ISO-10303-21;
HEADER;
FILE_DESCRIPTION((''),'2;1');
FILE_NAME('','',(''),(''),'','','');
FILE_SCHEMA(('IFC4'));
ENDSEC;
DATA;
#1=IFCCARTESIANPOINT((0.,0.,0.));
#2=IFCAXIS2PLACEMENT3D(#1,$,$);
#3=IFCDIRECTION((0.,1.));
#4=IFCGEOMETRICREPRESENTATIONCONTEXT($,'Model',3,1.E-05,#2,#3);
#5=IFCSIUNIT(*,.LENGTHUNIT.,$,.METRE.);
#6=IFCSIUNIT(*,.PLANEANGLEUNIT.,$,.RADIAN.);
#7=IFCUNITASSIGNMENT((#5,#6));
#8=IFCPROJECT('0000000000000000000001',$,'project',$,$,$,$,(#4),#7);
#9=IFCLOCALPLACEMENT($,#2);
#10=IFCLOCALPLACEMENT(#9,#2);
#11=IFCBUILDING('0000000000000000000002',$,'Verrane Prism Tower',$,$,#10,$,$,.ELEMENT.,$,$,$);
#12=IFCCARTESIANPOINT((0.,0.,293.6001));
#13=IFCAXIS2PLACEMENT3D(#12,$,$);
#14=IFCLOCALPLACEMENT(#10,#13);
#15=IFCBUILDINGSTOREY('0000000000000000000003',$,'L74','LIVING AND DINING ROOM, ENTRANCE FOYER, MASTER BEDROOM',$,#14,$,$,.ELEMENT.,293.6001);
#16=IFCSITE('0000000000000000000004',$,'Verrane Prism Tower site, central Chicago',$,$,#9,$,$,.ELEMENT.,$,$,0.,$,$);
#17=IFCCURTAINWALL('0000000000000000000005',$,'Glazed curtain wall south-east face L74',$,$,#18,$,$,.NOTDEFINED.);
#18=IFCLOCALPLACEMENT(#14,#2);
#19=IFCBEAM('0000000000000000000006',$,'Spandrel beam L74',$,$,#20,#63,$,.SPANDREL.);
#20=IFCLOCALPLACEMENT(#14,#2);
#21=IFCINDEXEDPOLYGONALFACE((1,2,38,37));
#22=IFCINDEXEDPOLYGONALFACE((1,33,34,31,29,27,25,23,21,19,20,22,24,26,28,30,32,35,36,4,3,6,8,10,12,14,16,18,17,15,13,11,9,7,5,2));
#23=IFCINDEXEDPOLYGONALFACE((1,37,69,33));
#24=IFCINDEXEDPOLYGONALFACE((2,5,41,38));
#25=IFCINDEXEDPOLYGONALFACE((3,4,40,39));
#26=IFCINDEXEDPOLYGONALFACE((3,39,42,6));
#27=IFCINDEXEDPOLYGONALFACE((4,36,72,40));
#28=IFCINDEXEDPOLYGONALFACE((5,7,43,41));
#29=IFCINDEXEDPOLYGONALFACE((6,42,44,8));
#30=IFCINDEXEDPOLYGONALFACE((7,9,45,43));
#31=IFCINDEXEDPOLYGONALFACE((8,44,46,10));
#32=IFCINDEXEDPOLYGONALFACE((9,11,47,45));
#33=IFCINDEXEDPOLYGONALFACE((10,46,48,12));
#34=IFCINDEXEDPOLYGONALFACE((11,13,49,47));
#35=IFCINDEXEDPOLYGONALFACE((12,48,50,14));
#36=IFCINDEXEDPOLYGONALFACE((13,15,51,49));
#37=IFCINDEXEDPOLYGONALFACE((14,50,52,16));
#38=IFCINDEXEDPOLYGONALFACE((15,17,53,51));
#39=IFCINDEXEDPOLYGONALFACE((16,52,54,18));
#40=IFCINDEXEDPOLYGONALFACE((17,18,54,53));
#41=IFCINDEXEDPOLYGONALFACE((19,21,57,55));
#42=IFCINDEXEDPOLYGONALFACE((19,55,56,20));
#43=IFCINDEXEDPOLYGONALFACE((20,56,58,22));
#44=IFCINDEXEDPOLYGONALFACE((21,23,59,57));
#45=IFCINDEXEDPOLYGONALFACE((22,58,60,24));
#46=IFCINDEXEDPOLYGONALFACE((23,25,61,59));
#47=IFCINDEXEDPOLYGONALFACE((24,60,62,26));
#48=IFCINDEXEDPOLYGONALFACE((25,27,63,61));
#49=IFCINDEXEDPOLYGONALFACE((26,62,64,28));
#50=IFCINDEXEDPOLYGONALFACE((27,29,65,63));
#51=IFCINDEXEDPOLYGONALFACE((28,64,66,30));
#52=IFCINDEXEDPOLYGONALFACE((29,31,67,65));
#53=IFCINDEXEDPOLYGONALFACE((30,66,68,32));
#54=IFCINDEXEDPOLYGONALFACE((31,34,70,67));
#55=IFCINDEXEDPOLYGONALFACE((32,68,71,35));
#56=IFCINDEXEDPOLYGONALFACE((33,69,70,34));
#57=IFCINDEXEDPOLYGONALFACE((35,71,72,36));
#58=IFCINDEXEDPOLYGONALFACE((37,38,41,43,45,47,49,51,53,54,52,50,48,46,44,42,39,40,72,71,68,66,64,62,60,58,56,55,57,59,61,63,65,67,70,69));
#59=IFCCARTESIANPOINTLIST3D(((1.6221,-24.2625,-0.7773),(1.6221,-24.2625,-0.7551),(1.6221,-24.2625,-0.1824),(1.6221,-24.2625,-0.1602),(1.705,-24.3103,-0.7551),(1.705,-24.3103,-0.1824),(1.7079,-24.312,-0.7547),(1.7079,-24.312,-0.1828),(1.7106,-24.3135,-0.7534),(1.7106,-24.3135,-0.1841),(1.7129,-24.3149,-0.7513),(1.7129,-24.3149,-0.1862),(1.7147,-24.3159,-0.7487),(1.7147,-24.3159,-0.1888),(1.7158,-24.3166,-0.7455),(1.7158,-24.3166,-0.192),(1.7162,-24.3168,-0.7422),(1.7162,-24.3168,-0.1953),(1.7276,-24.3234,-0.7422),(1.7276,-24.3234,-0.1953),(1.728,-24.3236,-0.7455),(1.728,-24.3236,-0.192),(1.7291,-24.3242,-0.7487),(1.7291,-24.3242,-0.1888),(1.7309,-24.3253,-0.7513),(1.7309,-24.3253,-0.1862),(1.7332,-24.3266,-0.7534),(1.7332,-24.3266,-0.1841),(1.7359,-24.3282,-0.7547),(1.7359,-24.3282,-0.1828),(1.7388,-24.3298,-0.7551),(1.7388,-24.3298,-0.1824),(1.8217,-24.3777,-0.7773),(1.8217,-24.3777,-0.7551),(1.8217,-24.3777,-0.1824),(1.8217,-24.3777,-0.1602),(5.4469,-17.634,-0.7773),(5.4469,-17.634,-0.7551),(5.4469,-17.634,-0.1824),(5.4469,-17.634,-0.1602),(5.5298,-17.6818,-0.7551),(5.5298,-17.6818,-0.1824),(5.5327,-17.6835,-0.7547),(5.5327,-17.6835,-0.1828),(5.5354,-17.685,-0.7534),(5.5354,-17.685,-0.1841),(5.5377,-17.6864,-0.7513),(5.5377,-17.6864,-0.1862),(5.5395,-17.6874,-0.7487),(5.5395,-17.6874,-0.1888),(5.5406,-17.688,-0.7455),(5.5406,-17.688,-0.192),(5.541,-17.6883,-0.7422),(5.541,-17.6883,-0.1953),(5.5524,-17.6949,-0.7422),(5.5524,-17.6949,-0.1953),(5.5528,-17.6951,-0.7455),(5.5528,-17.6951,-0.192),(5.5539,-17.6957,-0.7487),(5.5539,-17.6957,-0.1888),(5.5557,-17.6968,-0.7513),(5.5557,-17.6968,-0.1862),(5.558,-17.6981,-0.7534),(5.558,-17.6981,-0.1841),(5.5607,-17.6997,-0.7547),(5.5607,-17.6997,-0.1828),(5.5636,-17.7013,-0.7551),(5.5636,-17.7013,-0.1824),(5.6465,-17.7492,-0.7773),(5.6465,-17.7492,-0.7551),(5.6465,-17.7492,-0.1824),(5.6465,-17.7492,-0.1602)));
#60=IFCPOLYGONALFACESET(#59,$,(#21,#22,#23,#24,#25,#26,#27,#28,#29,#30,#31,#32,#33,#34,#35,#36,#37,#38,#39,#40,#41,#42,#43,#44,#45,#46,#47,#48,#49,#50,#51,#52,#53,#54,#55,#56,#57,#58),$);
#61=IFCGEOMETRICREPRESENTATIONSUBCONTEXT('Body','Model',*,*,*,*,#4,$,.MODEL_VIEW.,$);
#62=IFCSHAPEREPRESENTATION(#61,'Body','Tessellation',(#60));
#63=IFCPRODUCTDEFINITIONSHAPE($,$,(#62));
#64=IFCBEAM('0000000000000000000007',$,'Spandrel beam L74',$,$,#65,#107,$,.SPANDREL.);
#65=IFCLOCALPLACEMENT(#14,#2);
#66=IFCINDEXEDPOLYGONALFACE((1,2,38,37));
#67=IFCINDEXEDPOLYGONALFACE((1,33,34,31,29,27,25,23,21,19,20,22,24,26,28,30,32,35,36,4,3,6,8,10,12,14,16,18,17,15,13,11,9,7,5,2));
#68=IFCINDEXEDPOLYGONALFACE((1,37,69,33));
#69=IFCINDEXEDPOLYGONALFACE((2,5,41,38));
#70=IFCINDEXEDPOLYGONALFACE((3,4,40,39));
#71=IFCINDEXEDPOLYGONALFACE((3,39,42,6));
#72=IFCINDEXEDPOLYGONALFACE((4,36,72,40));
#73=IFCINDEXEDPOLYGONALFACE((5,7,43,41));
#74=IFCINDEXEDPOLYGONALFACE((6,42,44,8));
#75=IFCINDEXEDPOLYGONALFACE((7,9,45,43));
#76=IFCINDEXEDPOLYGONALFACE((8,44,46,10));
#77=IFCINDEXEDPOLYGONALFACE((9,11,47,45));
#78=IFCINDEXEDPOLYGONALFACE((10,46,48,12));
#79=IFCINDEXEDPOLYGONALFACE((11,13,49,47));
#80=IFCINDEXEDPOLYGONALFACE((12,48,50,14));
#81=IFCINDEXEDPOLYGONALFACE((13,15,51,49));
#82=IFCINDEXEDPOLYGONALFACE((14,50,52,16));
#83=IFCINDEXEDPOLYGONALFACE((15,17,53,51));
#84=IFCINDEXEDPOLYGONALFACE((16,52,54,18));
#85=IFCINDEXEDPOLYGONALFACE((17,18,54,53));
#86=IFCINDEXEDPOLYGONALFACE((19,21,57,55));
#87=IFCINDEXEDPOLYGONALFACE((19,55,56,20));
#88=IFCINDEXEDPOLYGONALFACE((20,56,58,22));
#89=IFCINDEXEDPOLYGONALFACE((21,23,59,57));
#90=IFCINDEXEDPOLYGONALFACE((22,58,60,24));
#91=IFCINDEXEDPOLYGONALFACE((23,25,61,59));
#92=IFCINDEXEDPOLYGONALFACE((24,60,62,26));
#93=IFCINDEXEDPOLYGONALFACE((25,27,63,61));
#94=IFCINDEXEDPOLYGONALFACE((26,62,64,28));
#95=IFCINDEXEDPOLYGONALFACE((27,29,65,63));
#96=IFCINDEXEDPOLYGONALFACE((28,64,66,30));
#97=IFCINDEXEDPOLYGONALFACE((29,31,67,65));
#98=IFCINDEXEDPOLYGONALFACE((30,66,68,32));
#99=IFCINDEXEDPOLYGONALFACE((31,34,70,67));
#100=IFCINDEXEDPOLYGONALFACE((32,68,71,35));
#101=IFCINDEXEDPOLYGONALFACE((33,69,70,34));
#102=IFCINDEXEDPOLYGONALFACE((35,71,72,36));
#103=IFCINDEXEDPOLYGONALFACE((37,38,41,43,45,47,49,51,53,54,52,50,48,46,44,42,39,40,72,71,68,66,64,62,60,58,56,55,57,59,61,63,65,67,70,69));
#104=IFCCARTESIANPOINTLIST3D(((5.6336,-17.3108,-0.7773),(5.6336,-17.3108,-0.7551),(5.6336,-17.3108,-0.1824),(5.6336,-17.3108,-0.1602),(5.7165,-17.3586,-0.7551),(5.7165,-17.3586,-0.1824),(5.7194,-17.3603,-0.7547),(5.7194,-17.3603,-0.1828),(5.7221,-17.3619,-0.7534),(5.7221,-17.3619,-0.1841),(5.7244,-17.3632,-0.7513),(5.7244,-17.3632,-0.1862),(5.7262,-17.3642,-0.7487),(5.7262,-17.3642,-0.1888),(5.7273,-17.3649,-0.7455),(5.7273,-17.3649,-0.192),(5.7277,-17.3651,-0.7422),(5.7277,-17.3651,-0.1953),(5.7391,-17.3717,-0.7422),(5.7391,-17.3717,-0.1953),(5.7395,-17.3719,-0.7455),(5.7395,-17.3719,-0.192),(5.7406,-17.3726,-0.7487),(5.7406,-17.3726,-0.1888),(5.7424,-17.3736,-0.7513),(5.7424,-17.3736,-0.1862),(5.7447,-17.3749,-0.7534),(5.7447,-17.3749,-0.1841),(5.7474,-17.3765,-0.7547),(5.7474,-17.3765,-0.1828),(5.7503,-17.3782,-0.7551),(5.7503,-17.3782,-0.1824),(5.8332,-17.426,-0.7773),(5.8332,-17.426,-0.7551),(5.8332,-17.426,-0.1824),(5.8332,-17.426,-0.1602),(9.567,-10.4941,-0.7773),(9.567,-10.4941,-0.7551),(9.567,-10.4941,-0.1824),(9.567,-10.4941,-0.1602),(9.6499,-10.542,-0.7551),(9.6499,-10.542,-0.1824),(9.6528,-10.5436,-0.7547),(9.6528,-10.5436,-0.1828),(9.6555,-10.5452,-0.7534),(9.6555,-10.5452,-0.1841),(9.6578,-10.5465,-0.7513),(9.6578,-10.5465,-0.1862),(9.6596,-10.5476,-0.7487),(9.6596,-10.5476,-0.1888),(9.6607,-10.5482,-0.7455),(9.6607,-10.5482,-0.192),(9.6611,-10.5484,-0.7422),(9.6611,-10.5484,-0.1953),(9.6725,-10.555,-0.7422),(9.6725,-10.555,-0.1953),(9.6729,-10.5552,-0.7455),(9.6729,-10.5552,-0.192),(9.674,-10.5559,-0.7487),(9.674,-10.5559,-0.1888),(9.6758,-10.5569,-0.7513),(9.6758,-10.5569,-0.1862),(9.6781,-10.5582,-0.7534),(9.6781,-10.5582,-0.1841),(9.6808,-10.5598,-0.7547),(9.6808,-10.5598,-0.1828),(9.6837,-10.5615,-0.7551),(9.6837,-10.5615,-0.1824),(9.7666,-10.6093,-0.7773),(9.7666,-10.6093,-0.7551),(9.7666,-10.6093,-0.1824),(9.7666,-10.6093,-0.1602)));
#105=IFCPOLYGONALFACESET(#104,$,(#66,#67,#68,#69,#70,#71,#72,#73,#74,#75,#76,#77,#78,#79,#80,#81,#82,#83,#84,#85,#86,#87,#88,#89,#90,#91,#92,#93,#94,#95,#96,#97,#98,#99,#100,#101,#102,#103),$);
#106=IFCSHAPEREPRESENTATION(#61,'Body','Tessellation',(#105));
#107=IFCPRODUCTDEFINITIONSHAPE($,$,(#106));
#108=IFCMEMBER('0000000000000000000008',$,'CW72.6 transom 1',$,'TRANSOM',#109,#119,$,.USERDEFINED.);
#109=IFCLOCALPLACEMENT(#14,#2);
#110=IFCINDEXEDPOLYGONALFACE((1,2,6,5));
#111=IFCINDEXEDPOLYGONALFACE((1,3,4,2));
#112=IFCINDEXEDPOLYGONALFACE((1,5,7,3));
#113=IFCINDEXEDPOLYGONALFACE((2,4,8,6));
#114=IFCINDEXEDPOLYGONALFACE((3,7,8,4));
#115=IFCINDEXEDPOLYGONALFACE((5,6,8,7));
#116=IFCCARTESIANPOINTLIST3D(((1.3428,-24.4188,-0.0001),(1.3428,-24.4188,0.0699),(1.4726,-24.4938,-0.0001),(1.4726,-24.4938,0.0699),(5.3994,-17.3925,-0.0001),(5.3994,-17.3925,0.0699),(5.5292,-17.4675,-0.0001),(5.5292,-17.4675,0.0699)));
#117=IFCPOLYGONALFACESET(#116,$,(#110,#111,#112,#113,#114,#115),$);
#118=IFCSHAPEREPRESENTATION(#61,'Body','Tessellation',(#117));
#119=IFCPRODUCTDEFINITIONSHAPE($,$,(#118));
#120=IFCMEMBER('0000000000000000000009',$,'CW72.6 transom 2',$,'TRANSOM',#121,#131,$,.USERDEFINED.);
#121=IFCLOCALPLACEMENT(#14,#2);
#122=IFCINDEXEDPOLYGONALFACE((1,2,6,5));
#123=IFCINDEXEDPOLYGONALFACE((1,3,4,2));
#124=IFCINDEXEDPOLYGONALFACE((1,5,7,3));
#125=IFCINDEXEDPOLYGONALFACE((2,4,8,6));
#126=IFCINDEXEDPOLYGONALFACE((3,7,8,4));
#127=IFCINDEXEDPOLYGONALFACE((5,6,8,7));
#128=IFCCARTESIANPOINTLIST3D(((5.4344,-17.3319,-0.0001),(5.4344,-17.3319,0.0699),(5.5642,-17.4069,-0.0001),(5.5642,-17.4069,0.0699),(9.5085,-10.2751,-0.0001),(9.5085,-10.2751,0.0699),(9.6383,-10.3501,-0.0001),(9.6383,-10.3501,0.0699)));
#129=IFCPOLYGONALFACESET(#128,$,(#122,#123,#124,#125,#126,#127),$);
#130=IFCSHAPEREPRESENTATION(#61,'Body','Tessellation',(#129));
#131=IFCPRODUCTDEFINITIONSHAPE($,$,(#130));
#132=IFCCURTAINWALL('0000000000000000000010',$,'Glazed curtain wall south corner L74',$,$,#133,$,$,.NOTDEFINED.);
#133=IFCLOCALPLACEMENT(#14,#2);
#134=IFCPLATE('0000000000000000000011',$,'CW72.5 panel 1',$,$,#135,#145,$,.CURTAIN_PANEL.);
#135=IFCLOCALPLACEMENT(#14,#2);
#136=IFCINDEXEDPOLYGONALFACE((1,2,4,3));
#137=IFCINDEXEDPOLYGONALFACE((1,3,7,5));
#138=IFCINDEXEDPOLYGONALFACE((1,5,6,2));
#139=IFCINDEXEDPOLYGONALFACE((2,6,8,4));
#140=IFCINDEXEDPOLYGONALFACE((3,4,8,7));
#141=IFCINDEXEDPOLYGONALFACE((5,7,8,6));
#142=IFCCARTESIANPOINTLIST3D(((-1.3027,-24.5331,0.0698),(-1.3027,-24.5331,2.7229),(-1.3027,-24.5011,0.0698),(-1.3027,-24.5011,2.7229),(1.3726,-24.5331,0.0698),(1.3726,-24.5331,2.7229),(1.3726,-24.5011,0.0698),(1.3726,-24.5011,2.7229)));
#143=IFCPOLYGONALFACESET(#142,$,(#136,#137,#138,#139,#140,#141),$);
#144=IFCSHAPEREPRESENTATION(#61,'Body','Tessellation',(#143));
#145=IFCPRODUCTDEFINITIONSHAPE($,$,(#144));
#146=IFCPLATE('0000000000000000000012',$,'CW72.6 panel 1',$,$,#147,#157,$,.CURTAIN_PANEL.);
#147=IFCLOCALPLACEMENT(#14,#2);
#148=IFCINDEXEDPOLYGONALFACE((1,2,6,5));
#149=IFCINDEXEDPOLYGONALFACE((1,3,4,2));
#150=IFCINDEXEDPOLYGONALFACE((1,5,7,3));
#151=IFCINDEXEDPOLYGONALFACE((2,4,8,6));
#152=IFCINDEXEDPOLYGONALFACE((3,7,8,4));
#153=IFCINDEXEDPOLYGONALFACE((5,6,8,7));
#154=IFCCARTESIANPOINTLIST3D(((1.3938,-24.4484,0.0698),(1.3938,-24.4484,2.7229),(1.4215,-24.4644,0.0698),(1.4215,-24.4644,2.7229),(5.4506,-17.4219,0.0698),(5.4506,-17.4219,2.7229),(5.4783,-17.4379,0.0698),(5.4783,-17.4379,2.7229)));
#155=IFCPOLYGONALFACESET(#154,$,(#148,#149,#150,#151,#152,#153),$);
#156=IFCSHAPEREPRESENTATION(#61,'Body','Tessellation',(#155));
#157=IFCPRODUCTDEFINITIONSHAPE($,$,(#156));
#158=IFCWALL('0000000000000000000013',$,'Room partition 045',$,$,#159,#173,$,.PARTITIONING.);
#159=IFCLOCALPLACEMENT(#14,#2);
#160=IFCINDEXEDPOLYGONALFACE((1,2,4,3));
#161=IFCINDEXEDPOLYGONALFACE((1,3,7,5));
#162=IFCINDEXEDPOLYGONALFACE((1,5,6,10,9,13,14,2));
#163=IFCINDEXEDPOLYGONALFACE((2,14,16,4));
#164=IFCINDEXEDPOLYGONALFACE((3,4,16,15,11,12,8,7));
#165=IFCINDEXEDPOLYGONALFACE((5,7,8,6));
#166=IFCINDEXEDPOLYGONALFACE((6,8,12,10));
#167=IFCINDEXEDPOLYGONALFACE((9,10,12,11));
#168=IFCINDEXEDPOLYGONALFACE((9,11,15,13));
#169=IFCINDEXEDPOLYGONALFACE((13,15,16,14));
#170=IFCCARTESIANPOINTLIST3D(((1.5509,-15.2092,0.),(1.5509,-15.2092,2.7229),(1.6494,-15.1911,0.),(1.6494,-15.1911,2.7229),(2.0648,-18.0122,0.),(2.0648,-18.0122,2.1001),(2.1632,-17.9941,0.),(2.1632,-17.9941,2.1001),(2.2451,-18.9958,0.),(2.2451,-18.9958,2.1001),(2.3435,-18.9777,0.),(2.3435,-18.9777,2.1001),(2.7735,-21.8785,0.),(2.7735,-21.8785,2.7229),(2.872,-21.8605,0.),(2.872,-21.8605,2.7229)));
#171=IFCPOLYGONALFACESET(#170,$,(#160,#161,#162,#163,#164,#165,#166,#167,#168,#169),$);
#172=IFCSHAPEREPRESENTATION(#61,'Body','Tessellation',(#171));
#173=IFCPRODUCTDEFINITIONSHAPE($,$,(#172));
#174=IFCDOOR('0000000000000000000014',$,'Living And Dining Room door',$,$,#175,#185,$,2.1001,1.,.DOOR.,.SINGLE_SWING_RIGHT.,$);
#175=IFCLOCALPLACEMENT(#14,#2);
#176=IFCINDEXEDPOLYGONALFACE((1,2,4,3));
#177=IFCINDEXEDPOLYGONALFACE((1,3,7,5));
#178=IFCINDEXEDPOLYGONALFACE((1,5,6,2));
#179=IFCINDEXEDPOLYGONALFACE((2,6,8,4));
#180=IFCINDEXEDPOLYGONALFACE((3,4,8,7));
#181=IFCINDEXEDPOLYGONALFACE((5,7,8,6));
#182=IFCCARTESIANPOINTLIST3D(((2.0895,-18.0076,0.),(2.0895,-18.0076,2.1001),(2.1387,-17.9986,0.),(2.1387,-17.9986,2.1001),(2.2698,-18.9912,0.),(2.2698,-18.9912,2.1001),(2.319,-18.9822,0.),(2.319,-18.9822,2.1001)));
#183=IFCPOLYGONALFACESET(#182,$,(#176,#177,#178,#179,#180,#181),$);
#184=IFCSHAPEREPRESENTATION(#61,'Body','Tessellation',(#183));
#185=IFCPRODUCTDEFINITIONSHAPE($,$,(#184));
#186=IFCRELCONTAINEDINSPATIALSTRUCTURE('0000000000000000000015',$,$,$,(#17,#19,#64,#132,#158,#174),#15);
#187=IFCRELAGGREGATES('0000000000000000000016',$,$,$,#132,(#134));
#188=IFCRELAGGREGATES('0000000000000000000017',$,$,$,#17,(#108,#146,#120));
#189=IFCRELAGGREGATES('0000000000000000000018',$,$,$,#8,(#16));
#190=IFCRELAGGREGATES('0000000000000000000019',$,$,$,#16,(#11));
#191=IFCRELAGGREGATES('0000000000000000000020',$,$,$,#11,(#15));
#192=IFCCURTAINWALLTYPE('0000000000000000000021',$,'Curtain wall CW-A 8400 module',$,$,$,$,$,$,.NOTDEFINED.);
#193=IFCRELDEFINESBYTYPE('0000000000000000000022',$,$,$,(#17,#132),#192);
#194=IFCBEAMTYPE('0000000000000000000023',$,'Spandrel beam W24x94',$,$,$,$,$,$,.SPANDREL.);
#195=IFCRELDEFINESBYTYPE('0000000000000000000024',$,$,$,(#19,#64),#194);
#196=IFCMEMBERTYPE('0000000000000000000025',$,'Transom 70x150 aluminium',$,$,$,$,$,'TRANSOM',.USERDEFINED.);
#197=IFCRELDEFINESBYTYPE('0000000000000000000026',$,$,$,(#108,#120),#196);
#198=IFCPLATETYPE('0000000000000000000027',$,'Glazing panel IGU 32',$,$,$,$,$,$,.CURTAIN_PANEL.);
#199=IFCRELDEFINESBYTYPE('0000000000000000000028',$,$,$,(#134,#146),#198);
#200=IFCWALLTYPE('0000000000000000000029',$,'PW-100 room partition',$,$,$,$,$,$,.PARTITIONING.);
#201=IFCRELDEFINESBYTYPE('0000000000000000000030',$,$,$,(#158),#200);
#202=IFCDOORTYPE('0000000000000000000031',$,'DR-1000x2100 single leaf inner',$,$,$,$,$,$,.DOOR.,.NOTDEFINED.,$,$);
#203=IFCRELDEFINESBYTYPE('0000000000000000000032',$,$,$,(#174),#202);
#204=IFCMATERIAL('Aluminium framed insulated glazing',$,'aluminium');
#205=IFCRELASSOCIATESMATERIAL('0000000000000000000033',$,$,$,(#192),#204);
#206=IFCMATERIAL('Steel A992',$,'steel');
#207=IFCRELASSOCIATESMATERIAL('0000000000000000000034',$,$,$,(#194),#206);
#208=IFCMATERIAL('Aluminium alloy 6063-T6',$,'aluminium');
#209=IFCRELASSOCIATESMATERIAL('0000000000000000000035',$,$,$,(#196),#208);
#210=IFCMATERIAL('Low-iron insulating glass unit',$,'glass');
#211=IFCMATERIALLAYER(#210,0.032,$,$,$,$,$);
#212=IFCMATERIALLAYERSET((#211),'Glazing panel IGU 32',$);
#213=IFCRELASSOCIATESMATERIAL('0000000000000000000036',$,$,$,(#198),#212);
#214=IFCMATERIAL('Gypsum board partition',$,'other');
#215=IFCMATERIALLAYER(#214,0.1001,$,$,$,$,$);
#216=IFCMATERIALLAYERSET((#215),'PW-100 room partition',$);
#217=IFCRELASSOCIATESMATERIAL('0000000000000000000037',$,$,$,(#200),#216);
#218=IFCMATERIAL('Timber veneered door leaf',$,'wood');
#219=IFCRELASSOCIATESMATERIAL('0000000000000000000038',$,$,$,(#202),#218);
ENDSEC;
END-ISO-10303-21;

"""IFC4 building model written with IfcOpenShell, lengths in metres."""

from ifc_helpers import new_model, si_unit, direction, frame, frame_2d, origin, origin_2d, place, context, subcontext, project, spatial, rectangle, i_section, extrude, material, layer, layer_set, material_profile, profile_set, type_object, element, fill, aggregate, save


model = new_model("IFC4")

# Units and contexts
model_context = context("Model", 3, precision=1e-05, world=origin(), true_north=direction((0.0, 1.0)))
body_context = subcontext(model_context, "Body", "Model", "MODEL_VIEW")
ifc_project = project(units=[si_unit("LENGTHUNIT", "METRE"), si_unit("PLANEANGLEUNIT", "RADIAN")], contexts=[model_context])

# Site, building, storey
site_placement = place(None, origin())
site = spatial("IfcSite", under=ifc_project, at=site_placement, Name="Verrane Prism Tower site, central Chicago", CompositionType="ELEMENT", RefElevation=0.0)
building_placement = place(site_placement, origin())
building = spatial("IfcBuilding", under=site, at=building_placement, Name="Verrane Prism Tower", CompositionType="ELEMENT")
storey_placement = place(building_placement, frame((0.0, 0.0, 293.6001)))
storey = spatial("IfcBuildingStorey", under=building, at=storey_placement, Name="L74", Description="LIVING AND DINING ROOM, ENTRANCE FOYER, MASTER BEDROOM", CompositionType="ELEMENT", Elevation=293.6001)

# Curtain wall
ifc_material_1 = material(Name="Aluminium framed insulated glazing", Category="aluminium")
curtain_wall_type = type_object("IfcCurtainWallType", Name="Curtain wall CW-A 8400 module", PredefinedType="NOTDEFINED", material=ifc_material_1)
curtain_wall_1_placement = place(storey_placement, origin())
curtain_wall_1 = element("IfcCurtainWall", 1, at=curtain_wall_1_placement, inside=storey, type_object=curtain_wall_type, Name="Glazed curtain wall south-east face L74", PredefinedType="NOTDEFINED")

# Beams
ifc_material_2 = material(Name="Steel A992", Category="steel")
ifc_material_profile_1 = material_profile(ifc_material_2, i_section(OverallWidth=0.2305, OverallDepth=0.6172, WebThickness=0.0132, FlangeThickness=0.0222, FilletRadius=0.0129, at=origin_2d()), Name="W24x94")
ifc_profile_set_1 = profile_set([ifc_material_profile_1], Name="Steel A992")
beam_type_1 = type_object("IfcBeamType", Name="Spandrel beam W24x94", PredefinedType="SPANDREL", material=ifc_profile_set_1)
beam_1_placement = place(storey_placement, frame((1.7219, -24.3201, -0.4688), z_axis=(0.499783, 0.866151, 0.0), x_axis=(-0.866151, 0.499783, 0.0)))
element("IfcBeam", 2, at=beam_1_placement, inside=storey, type_object=beam_type_1, Name="Spandrel beam L74", PredefinedType="SPANDREL", context=body_context, shape_type="SweptSolid", body=[
    extrude(i_section(OverallWidth=0.2305, OverallDepth=0.6172, WebThickness=0.0132, FlangeThickness=0.0222, FilletRadius=0.0129, at=origin_2d()), origin(), (0.0, 0.0, 1.0), 7.6528),
])
beam_2_placement = place(storey_placement, frame((5.7334, -17.3684, -0.4688), z_axis=(0.499786, 0.866149, 0.0), x_axis=(-0.866149, 0.499786, 0.0)))
element("IfcBeam", 3, at=beam_2_placement, inside=storey, type_object=beam_type_1, Name="Spandrel beam L74", PredefinedType="SPANDREL", context=body_context, shape_type="SweptSolid", body=[
    extrude(i_section(OverallWidth=0.2305, OverallDepth=0.6172, WebThickness=0.0132, FlangeThickness=0.0222, FilletRadius=0.0129, at=origin_2d()), origin(), (0.0, 0.0, 1.0), 7.8701),
])

# Members
ifc_material_3 = material(Name="Aluminium alloy 6063-T6", Category="aluminium")
ifc_material_profile_2 = material_profile(ifc_material_3, rectangle(XDim=0.1499, YDim=0.0701, at=origin_2d()), Name="Transom 70x150 aluminium")
ifc_profile_set_2 = profile_set([ifc_material_profile_2], Name="Aluminium alloy 6063-T6")
member_type_1 = type_object("IfcMemberType", Name="Transom 70x150 aluminium", ElementType="TRANSOM", PredefinedType="USERDEFINED", material=ifc_profile_set_2)
member_1_placement = place(storey_placement, frame((1.4077, -24.4563, 0.0349), z_axis=(0.499997, 0.866027, 0.0), x_axis=(-0.866027, 0.499997, 0.0)))
member_1 = element("IfcMember", 4, at=member_1_placement, type_object=member_type_1, Name="CW72.6 transom 1", ObjectType="TRANSOM", PredefinedType="USERDEFINED", context=body_context, shape_type="SweptSolid", body=[
    extrude(rectangle(XDim=0.1499, YDim=0.0701, at=origin_2d()), origin(), (0.0, 0.0, 1.0), 8.1133),
])
member_2_placement = place(storey_placement, frame((5.4993, -17.3694, 0.0349), z_axis=(0.499993, 0.866029, 0.0), x_axis=(-0.866029, 0.499993, 0.0)))
member_2 = element("IfcMember", 5, at=member_2_placement, type_object=member_type_1, Name="CW72.6 transom 2", ObjectType="TRANSOM", PredefinedType="USERDEFINED", context=body_context, shape_type="SweptSolid", body=[
    extrude(rectangle(XDim=0.1499, YDim=0.0701, at=origin_2d()), origin(), (0.0, 0.0, 1.0), 8.1484),
])

# Curtain wall, plate
curtain_wall_2_placement = place(storey_placement, origin())
curtain_wall_2 = element("IfcCurtainWall", 6, at=curtain_wall_2_placement, inside=storey, type_object=curtain_wall_type, Name="Glazed curtain wall south corner L74", PredefinedType="NOTDEFINED")
ifc_material_4 = material(Name="Low-iron insulating glass unit", Category="glass")
ifc_layer_1 = layer(ifc_material_4, 0.032)
ifc_layer_set_1 = layer_set([ifc_layer_1], Name="Glazing panel IGU 32")
plate_type = type_object("IfcPlateType", Name="Glazing panel IGU 32", PredefinedType="CURTAIN_PANEL", material=ifc_layer_set_1)
plate_1_placement = place(storey_placement, frame((0.0349, -24.5171, 0.0698), z_axis=(0.0, 0.0, 1.0), x_axis=(1.0, 0.0, 0.0)))
plate_1 = element("IfcPlate", 7, at=plate_1_placement, type_object=plate_type, Name="CW72.5 panel 1", PredefinedType="CURTAIN_PANEL", context=body_context, shape_type="SweptSolid", body=[
    extrude(rectangle(XDim=2.6753, YDim=0.032, at=origin_2d()), origin(), (0.0, 0.0, 1.0), 2.6531),
])
aggregate(curtain_wall_2, [plate_1])

# Plate
plate_2_placement = place(storey_placement, frame((3.436, -20.9431, 0.0698), z_axis=(0.0, 0.0, 1.0), x_axis=(0.500001, 0.866025, 0.0)))
plate_2 = element("IfcPlate", 8, at=plate_2_placement, type_object=plate_type, Name="CW72.6 panel 1", PredefinedType="CURTAIN_PANEL", context=body_context, shape_type="SweptSolid", body=[
    extrude(rectangle(XDim=8.1135, YDim=0.032, at=origin_2d()), origin(), (0.0, 0.0, 1.0), 2.6531),
])
aggregate(curtain_wall_1, [member_1, plate_2, member_2])

# Wall, opening, door
ifc_material_5 = material(Name="Gypsum board partition", Category="other")
ifc_layer_2 = layer(ifc_material_5, 0.1001)
ifc_layer_set_2 = layer_set([ifc_layer_2], Name="PW-100 room partition")
wall_type_1 = type_object("IfcWallType", Name="PW-100 room partition", PredefinedType="PARTITIONING", material=ifc_layer_set_2)
wall_1_placement = place(storey_placement, frame((2.8228, -21.8694, 0.0), z_axis=(0.0, 0.0, 1.0), x_axis=(-0.180317, 0.983608, 0.0)))
wall_1 = element("IfcWall", 9, at=wall_1_placement, inside=storey, type_object=wall_type_1, Name="Room partition 045", PredefinedType="PARTITIONING", context=body_context, shape_type="SweptSolid", body=[
    extrude(rectangle(XDim=6.7805, YDim=0.1001, at=frame_2d((3.3901, 0.0))), origin(), (0.0, 0.0, 1.0), 2.7229),
])
opening_placement = place(wall_1_placement, frame((2.9307, 0.0, 0.0)))
opening = element("IfcOpeningElement", 10, at=opening_placement, cuts=wall_1, PredefinedType="OPENING", context=body_context, shape_type="SweptSolid", body=[
    extrude(rectangle(XDim=1.0, YDim=2.1001, at=frame_2d((0.5, 1.05))), frame((0.0, 0.0601, 0.0), z_axis=(0.0, -1.0, 0.0), x_axis=(1.0, 0.0, 0.0)), (0.0, 0.0, 1.0), 0.1201),
])
ifc_material_6 = material(Name="Timber veneered door leaf", Category="wood")
door_type = type_object("IfcDoorType", Name="DR-1000x2100 single leaf inner", OperationType="NOTDEFINED", PredefinedType="DOOR", material=ifc_material_6)
door_placement = place(opening_placement, origin())
door = element("IfcDoor", 11, at=door_placement, inside=storey, type_object=door_type, Name="Living And Dining Room door", OperationType="SINGLE_SWING_RIGHT", OverallHeight=2.1001, OverallWidth=1.0, PredefinedType="DOOR", context=body_context, shape_type="SweptSolid", body=[
    extrude(rectangle(XDim=1.0, YDim=2.1001, at=frame_2d((0.5, 1.05))), frame((0.0, 0.0249, 0.0), z_axis=(0.0, -1.0, 0.0), x_axis=(1.0, 0.0, 0.0)), (0.0, 0.0, 1.0), 0.05),
])
fill(opening, door)

save(model, "model.ifc")
